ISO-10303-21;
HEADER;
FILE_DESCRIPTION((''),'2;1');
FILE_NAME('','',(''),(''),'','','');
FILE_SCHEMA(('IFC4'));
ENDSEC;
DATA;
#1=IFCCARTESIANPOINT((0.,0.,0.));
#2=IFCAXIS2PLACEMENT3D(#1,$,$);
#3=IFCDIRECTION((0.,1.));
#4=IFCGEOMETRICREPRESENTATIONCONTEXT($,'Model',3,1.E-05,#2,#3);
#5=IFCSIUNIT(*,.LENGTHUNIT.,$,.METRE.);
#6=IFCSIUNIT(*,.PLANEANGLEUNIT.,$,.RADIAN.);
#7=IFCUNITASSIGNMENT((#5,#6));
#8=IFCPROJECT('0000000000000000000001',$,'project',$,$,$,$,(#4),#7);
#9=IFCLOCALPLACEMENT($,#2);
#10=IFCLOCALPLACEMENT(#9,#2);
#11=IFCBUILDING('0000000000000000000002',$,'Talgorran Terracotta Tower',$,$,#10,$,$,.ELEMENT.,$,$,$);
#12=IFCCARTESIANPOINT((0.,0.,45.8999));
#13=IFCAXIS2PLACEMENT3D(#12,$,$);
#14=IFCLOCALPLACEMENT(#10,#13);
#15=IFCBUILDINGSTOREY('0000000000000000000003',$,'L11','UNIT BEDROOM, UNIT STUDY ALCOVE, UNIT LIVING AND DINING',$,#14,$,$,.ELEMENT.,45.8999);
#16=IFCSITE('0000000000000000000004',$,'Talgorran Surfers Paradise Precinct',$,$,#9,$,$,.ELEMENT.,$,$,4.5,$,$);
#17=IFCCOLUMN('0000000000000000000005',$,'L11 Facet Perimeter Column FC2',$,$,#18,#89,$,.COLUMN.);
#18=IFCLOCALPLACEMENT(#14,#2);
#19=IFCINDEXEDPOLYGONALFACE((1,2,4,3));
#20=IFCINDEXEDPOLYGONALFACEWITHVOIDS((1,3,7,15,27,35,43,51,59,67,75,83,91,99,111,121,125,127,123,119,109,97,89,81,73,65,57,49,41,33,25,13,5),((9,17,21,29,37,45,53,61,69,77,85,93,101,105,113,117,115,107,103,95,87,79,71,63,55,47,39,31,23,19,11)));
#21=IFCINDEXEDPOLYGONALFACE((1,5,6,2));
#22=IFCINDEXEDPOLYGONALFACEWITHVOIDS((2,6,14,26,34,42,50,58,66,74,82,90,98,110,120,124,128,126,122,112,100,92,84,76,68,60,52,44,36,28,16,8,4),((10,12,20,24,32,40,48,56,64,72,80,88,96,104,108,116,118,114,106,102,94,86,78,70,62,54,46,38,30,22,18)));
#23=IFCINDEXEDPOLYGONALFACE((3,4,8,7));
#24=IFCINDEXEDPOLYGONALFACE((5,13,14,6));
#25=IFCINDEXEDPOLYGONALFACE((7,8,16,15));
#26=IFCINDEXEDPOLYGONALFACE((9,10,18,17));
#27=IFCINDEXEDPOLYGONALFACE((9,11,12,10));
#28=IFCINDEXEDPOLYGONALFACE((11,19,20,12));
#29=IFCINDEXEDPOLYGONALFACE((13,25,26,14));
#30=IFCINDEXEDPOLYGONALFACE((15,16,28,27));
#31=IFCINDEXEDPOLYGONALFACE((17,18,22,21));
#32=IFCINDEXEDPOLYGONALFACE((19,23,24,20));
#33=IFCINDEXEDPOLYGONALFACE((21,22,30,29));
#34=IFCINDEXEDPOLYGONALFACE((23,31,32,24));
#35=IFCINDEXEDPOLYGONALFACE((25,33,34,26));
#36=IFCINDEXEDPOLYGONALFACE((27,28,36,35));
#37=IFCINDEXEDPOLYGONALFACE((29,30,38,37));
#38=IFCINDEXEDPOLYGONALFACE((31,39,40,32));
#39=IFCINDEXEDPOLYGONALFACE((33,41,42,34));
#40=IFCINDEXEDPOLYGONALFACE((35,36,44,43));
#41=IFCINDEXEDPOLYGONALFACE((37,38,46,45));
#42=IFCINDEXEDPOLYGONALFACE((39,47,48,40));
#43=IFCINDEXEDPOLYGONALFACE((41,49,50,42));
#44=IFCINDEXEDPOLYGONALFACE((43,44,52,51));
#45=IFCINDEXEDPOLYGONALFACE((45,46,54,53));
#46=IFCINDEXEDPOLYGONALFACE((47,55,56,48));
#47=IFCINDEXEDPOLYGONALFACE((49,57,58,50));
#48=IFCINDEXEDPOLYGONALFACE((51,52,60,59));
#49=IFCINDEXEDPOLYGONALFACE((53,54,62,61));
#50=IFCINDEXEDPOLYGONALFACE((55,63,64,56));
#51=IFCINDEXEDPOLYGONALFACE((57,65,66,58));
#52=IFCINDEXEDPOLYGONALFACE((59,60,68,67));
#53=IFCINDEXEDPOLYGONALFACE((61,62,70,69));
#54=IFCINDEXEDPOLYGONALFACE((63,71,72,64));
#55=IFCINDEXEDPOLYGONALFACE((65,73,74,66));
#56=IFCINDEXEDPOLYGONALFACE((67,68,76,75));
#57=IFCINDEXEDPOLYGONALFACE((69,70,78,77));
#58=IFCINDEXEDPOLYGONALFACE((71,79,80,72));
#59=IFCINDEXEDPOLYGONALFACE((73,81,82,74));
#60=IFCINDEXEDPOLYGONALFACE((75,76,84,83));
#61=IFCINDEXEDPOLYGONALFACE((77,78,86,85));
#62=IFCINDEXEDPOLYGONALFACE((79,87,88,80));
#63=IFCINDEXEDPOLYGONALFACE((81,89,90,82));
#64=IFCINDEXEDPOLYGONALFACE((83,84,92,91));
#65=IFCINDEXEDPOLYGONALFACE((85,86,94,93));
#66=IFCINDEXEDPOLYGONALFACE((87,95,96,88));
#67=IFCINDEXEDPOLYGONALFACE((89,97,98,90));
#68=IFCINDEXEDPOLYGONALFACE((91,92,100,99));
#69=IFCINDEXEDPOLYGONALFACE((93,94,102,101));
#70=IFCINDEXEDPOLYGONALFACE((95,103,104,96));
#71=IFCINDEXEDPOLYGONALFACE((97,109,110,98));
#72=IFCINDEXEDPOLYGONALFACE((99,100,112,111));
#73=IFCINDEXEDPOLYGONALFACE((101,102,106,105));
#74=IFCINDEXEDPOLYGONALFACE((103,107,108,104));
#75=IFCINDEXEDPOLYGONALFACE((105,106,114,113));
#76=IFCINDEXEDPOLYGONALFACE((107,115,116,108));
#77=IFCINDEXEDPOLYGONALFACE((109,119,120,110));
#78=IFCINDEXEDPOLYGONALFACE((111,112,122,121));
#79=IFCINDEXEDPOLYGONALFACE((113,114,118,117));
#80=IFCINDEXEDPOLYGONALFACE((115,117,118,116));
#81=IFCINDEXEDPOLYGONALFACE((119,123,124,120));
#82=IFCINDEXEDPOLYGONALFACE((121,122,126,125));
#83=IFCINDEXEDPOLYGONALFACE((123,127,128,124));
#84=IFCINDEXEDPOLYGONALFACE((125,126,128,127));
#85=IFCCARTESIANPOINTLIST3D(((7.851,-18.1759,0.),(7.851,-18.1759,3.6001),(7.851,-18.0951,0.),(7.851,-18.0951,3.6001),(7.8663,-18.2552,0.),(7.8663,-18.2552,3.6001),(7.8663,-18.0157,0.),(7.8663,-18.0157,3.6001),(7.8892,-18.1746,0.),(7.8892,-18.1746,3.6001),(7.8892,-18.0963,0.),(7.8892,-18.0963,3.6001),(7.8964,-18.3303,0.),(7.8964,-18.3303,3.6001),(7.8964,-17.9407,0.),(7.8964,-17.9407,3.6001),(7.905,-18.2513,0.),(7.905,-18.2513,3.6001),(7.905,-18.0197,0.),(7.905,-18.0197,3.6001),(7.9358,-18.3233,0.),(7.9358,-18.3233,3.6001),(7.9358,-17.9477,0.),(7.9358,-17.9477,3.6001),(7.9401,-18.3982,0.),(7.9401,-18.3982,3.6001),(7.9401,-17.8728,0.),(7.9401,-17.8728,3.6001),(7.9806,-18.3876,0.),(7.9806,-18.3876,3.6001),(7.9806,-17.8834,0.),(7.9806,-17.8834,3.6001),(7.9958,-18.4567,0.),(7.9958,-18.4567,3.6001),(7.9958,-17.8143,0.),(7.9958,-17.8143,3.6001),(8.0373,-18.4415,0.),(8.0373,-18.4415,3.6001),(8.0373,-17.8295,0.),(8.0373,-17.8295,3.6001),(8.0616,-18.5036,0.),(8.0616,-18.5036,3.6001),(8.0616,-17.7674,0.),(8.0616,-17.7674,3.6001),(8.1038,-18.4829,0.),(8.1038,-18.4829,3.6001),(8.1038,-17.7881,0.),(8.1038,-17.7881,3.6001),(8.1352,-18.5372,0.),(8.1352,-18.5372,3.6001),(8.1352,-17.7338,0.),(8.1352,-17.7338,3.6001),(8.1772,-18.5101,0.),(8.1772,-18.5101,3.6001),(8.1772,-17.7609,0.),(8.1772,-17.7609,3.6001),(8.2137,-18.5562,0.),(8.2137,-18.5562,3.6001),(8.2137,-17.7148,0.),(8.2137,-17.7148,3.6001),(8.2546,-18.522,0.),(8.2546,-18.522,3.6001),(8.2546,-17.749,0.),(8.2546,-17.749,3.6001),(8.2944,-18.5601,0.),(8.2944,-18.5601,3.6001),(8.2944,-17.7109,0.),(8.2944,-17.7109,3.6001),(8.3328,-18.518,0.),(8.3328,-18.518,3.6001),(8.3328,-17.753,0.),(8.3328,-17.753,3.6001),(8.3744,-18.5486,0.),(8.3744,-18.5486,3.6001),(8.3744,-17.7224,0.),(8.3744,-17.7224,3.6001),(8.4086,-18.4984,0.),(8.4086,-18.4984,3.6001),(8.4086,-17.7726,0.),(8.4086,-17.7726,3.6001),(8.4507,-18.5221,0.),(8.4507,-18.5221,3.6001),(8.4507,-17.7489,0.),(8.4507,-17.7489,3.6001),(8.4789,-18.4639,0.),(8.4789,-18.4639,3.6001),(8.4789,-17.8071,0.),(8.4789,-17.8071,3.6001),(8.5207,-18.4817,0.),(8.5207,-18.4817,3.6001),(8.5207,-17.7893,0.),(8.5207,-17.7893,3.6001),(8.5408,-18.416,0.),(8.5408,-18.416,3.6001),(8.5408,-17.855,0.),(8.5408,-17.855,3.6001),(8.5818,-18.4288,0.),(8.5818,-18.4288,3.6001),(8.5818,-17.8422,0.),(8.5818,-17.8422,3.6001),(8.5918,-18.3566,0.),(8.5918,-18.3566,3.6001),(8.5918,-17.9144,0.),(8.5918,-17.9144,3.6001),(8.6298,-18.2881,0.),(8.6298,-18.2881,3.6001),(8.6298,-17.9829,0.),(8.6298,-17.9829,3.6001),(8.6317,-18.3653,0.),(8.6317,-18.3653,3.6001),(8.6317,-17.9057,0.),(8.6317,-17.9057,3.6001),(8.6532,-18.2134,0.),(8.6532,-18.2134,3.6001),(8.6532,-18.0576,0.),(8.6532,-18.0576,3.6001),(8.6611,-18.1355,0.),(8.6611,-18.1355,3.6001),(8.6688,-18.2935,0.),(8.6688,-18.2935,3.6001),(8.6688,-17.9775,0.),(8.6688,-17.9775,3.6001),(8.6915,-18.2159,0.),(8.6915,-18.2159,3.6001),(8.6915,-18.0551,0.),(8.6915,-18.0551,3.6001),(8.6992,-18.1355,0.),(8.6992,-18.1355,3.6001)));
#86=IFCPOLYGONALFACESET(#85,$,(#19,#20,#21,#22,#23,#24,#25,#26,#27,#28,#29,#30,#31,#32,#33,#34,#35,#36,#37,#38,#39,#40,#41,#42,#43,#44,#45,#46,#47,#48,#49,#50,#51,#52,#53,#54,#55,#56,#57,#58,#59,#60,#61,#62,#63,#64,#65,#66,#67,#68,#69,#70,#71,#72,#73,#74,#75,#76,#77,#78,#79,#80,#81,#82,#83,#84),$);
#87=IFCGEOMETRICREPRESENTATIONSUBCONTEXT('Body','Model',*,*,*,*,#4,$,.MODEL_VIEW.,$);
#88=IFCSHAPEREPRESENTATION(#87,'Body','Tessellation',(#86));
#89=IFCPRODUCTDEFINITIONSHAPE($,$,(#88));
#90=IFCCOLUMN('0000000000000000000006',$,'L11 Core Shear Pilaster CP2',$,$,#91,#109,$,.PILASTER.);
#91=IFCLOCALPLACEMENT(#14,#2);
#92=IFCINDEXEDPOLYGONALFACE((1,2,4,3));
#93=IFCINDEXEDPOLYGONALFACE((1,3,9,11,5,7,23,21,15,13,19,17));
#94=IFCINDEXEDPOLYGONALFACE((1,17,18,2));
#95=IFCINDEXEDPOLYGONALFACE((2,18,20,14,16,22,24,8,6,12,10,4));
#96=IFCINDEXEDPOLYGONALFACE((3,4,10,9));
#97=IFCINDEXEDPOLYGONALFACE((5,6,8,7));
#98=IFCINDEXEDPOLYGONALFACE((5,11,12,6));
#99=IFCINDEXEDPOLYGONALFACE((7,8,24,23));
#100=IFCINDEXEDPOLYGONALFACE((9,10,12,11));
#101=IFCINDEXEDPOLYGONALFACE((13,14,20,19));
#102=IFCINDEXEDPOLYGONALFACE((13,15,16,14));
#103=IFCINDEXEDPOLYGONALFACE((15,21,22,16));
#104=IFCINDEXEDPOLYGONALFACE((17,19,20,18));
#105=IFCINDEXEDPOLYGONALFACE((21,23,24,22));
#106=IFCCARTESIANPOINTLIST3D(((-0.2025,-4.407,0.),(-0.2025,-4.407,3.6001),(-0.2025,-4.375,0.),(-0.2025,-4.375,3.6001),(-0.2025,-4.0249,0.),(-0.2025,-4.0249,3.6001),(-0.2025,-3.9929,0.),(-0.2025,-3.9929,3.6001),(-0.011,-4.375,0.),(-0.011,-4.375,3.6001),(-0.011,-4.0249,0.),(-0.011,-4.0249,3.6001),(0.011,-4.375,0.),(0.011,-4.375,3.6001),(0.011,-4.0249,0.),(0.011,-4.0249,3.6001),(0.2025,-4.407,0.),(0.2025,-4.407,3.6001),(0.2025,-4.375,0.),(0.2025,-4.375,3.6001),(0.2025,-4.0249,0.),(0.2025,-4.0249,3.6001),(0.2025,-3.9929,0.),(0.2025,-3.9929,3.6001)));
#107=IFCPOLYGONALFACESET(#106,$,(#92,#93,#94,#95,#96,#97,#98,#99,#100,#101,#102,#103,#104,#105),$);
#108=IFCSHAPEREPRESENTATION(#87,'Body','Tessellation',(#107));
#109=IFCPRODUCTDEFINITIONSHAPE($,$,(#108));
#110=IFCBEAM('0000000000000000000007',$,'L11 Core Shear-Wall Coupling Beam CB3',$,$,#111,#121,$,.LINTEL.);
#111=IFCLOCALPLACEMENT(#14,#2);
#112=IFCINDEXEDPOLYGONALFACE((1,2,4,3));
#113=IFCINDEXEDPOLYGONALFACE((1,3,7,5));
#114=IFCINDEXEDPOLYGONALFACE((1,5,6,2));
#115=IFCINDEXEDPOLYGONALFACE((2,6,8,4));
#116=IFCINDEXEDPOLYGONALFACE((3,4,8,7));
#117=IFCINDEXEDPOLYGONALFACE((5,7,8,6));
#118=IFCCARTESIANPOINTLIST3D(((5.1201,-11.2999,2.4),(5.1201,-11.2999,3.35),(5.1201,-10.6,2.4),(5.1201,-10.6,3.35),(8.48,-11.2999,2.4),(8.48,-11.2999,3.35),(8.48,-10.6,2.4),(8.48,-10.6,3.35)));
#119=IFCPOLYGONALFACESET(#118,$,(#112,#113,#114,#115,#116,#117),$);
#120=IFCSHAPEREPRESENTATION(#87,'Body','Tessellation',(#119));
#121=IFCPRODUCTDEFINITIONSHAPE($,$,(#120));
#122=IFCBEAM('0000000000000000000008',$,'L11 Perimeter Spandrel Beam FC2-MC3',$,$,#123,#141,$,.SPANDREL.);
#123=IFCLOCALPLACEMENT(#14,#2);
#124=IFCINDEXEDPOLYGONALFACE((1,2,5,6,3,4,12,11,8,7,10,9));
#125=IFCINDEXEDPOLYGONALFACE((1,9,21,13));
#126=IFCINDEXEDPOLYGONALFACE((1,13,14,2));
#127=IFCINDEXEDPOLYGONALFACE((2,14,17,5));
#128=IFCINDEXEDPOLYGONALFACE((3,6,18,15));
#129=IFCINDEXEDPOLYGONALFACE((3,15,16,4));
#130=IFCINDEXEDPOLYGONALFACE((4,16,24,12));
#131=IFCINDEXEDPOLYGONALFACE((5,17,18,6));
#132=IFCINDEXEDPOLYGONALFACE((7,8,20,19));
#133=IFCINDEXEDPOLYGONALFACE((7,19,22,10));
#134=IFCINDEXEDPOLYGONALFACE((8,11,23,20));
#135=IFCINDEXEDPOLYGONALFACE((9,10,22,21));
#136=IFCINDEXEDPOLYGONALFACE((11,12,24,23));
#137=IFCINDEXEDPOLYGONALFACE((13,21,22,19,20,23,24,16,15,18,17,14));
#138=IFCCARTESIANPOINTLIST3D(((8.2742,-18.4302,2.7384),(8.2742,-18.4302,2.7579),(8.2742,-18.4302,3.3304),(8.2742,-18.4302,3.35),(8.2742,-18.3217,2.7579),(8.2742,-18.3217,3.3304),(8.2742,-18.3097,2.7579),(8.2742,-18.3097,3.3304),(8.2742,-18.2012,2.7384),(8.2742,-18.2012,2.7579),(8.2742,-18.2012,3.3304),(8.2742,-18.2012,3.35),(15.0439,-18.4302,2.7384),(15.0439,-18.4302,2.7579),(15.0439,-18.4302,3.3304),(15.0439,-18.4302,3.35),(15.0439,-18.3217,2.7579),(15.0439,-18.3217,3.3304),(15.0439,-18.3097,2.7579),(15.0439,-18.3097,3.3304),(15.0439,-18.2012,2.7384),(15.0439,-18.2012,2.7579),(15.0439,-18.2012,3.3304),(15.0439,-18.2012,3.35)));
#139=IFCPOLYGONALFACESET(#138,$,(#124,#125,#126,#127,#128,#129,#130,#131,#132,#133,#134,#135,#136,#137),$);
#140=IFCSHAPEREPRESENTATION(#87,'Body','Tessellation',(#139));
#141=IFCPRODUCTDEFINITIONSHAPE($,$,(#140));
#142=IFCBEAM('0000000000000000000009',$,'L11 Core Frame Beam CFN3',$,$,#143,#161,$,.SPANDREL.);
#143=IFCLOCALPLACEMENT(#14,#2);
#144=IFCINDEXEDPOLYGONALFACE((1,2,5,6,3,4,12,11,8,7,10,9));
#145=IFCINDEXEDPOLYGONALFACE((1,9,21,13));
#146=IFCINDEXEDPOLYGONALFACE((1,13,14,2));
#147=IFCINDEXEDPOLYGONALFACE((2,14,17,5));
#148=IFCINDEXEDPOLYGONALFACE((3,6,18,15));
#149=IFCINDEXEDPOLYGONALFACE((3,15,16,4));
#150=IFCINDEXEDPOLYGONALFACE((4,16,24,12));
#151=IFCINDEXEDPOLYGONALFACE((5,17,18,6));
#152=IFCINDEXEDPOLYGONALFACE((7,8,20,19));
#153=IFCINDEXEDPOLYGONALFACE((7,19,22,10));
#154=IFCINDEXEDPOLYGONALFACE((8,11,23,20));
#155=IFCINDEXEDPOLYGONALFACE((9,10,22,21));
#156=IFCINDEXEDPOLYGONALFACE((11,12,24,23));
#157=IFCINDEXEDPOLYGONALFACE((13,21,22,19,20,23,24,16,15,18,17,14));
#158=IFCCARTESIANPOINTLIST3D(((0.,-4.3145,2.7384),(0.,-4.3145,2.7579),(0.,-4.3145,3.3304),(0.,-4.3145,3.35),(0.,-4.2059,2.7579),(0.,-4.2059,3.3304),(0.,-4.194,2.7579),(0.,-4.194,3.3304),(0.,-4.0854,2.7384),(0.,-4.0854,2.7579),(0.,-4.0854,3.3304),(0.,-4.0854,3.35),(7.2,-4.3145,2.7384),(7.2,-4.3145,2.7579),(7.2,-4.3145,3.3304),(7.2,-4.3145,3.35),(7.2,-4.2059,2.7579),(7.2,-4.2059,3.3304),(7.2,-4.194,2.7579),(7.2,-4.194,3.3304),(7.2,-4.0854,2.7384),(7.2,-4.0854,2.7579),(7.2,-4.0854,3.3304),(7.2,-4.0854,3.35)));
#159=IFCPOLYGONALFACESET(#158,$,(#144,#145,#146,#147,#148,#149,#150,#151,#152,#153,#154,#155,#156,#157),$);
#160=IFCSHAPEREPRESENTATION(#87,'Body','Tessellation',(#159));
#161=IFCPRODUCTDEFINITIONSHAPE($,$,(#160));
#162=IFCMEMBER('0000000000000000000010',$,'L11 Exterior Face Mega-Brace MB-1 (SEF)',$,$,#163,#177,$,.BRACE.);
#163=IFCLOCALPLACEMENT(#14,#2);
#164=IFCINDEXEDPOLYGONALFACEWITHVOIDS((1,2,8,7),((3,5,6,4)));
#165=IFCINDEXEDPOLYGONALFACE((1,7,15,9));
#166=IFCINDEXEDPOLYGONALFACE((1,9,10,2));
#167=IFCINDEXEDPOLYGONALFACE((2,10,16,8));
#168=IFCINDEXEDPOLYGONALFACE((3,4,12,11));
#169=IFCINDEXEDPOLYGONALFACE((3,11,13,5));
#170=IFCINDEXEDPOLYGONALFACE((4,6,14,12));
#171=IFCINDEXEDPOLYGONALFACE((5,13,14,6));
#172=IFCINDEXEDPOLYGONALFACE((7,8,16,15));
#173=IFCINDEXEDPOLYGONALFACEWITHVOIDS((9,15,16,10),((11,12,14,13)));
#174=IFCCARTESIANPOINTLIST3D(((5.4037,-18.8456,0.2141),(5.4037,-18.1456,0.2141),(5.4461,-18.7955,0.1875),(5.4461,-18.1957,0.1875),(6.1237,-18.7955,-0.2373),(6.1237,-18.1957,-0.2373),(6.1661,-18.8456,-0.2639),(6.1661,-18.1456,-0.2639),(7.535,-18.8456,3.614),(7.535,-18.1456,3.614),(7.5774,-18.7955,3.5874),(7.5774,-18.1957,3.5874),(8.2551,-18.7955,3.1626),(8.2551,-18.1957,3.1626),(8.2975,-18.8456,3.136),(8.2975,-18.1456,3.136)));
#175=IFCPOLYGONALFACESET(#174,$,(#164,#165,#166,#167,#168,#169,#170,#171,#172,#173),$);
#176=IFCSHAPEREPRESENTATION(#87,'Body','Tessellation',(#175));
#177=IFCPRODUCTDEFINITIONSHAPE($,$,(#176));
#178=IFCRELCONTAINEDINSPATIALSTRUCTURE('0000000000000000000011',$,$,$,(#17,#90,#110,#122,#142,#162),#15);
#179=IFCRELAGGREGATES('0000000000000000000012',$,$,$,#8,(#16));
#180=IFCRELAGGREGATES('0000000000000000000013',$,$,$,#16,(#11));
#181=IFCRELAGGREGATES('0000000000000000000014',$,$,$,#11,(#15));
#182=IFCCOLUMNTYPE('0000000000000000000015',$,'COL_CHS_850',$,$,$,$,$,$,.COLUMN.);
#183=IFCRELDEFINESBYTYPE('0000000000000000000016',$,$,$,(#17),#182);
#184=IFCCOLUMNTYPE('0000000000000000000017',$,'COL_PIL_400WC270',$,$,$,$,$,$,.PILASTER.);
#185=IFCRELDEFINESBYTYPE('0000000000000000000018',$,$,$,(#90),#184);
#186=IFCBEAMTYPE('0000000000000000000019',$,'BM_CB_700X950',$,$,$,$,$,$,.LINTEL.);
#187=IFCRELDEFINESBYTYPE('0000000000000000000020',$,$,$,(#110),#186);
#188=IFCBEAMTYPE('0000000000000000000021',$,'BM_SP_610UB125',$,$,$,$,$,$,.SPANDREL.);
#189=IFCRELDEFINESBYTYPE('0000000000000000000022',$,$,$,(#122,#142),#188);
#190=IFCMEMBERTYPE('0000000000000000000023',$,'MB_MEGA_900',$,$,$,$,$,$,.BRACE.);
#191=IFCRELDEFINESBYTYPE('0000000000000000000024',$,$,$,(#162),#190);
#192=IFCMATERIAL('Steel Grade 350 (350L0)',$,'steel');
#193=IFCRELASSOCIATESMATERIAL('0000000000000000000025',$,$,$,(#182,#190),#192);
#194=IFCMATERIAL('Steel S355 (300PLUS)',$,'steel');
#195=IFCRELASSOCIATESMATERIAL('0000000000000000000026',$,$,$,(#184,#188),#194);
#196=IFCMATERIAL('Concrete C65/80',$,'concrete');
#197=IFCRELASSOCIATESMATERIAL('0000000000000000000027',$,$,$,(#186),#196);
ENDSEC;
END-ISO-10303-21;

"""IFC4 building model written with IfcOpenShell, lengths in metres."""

from ifc_helpers import new_model, si_unit, direction, frame, origin, origin_2d, place, context, subcontext, project, spatial, rectangle, hollow_rectangle, hollow_circle, i_section, extrude, material, material_profile, profile_set, type_object, element, save


model = new_model("IFC4")

# Units and contexts
model_context = context("Model", 3, precision=1e-05, world=origin(), true_north=direction((0.0, 1.0)))
body_context = subcontext(model_context, "Body", "Model", "MODEL_VIEW")
ifc_project = project(units=[si_unit("LENGTHUNIT", "METRE"), si_unit("PLANEANGLEUNIT", "RADIAN")], contexts=[model_context])

# Site, building, storey
site_placement = place(None, origin())
site = spatial("IfcSite", under=ifc_project, at=site_placement, Name="Talgorran Surfers Paradise Precinct", CompositionType="ELEMENT", RefElevation=4.5)
building_placement = place(site_placement, origin())
building = spatial("IfcBuilding", under=site, at=building_placement, Name="Talgorran Terracotta Tower", CompositionType="ELEMENT")
storey_placement = place(building_placement, frame((0.0, 0.0, 45.8999)))
storey = spatial("IfcBuildingStorey", under=building, at=storey_placement, Name="L11", Description="UNIT BEDROOM, UNIT STUDY ALCOVE, UNIT LIVING AND DINING", CompositionType="ELEMENT", Elevation=45.8999)

# Columns
ifc_material_1 = material(Name="Steel Grade 350 (350L0)", Category="steel")
ifc_material_profile_1 = material_profile(ifc_material_1, hollow_circle(Radius=0.425, WallThickness=0.0381, at=origin_2d()), Name="CHS850X38")
ifc_profile_set_1 = profile_set([ifc_material_profile_1], Name="Steel Grade 350 (350L0)")
column_type_1 = type_object("IfcColumnType", Name="COL_CHS_850", PredefinedType="COLUMN", material=ifc_profile_set_1)
column_1_placement = place(storey_placement, frame((8.2742, -18.1355, 0.0), z_axis=(0.0, 0.0, 1.0), x_axis=(1.0, 0.0, 0.0)))
element("IfcColumn", 1, at=column_1_placement, inside=storey, type_object=column_type_1, Name="L11 Facet Perimeter Column FC2", PredefinedType="COLUMN", context=body_context, shape_type="SweptSolid", body=[
    extrude(hollow_circle(Radius=0.425, WallThickness=0.0381, at=origin_2d()), origin(), (0.0, 0.0, 1.0), 3.6001),
])
ifc_material_2 = material(Name="Steel S355 (300PLUS)", Category="steel")
ifc_material_profile_2 = material_profile(ifc_material_2, i_section(OverallWidth=0.405, OverallDepth=0.4141, WebThickness=0.022, FlangeThickness=0.032, at=origin_2d()), Name="400WC270")
ifc_profile_set_2 = profile_set([ifc_material_profile_2], Name="Steel S355 (300PLUS)")
column_type_2 = type_object("IfcColumnType", Name="COL_PIL_400WC270", PredefinedType="PILASTER", material=ifc_profile_set_2)
column_2_placement = place(storey_placement, frame((0.0, -4.2, 0.0), z_axis=(0.0, 0.0, 1.0), x_axis=(1.0, 0.0, 0.0)))
element("IfcColumn", 2, at=column_2_placement, inside=storey, type_object=column_type_2, Name="L11 Core Shear Pilaster CP2", PredefinedType="PILASTER", context=body_context, shape_type="SweptSolid", body=[
    extrude(i_section(OverallWidth=0.405, OverallDepth=0.4141, WebThickness=0.022, FlangeThickness=0.032, at=origin_2d()), origin(), (0.0, 0.0, 1.0), 3.6001),
])

# Beams
ifc_material_3 = material(Name="Concrete C65/80", Category="concrete")
ifc_material_profile_3 = material_profile(ifc_material_3, rectangle(XDim=0.7, YDim=0.95, at=origin_2d()), Name="RCCB700X950")
ifc_profile_set_3 = profile_set([ifc_material_profile_3], Name="Concrete C65/80")
beam_type_1 = type_object("IfcBeamType", Name="BM_CB_700X950", PredefinedType="LINTEL", material=ifc_profile_set_3)
beam_1_placement = place(storey_placement, frame((5.1201, -10.95, 2.875), z_axis=(1.0, 0.0, 0.0), x_axis=(0.0, 1.0, 0.0)))
element("IfcBeam", 3, at=beam_1_placement, inside=storey, type_object=beam_type_1, Name="L11 Core Shear-Wall Coupling Beam CB3", PredefinedType="LINTEL", context=body_context, shape_type="SweptSolid", body=[
    extrude(rectangle(XDim=0.7, YDim=0.95, at=origin_2d()), origin(), (0.0, 0.0, 1.0), 3.3599),
])
ifc_material_profile_4 = material_profile(ifc_material_2, i_section(OverallWidth=0.229, OverallDepth=0.6116, WebThickness=0.012, FlangeThickness=0.0195, at=origin_2d()), Name="610UB125")
ifc_profile_set_4 = profile_set([ifc_material_profile_4], Name="Steel S355 (300PLUS)")
beam_type_2 = type_object("IfcBeamType", Name="BM_SP_610UB125", PredefinedType="SPANDREL", material=ifc_profile_set_4)
beam_2_placement = place(storey_placement, frame((8.2742, -18.3157, 3.0442), z_axis=(1.0, 0.0, 0.0), x_axis=(0.0, 1.0, 0.0)))
element("IfcBeam", 4, at=beam_2_placement, inside=storey, type_object=beam_type_2, Name="L11 Perimeter Spandrel Beam FC2-MC3", PredefinedType="SPANDREL", context=body_context, shape_type="SweptSolid", body=[
    extrude(i_section(OverallWidth=0.229, OverallDepth=0.6116, WebThickness=0.012, FlangeThickness=0.0195, at=origin_2d()), origin(), (0.0, 0.0, 1.0), 6.7698),
])
beam_3_placement = place(storey_placement, frame((0.0, -4.2, 3.0442), z_axis=(1.0, 0.0, 0.0), x_axis=(0.0, 1.0, 0.0)))
element("IfcBeam", 5, at=beam_3_placement, inside=storey, type_object=beam_type_2, Name="L11 Core Frame Beam CFN3", PredefinedType="SPANDREL", context=body_context, shape_type="SweptSolid", body=[
    extrude(i_section(OverallWidth=0.229, OverallDepth=0.6116, WebThickness=0.012, FlangeThickness=0.0195, at=origin_2d()), origin(), (0.0, 0.0, 1.0), 7.2),
])

# Member
ifc_material_profile_5 = material_profile(ifc_material_1, hollow_rectangle(XDim=0.7, YDim=0.8999, WallThickness=0.05, at=origin_2d()), Name="WBOX900X700X50")
ifc_profile_set_5 = profile_set([ifc_material_profile_5], Name="Steel Grade 350 (350L0)")
member_type = type_object("IfcMemberType", Name="MB_MEGA_900", PredefinedType="BRACE", material=ifc_profile_set_5)
member_placement = place(storey_placement, frame((5.7849, -18.4956, -0.0249), z_axis=(0.531147, 0.0, 0.84728), x_axis=(0.0, 1.0, 0.0)))
element("IfcMember", 6, at=member_placement, inside=storey, type_object=member_type, Name="L11 Exterior Face Mega-Brace MB-1 (SEF)", PredefinedType="BRACE", context=body_context, shape_type="SweptSolid", body=[
    extrude(hollow_rectangle(XDim=0.7, YDim=0.8999, WallThickness=0.05, at=origin_2d()), origin(), (0.0, 0.0, 1.0), 4.0127),
])

save(model, "model.ifc")
